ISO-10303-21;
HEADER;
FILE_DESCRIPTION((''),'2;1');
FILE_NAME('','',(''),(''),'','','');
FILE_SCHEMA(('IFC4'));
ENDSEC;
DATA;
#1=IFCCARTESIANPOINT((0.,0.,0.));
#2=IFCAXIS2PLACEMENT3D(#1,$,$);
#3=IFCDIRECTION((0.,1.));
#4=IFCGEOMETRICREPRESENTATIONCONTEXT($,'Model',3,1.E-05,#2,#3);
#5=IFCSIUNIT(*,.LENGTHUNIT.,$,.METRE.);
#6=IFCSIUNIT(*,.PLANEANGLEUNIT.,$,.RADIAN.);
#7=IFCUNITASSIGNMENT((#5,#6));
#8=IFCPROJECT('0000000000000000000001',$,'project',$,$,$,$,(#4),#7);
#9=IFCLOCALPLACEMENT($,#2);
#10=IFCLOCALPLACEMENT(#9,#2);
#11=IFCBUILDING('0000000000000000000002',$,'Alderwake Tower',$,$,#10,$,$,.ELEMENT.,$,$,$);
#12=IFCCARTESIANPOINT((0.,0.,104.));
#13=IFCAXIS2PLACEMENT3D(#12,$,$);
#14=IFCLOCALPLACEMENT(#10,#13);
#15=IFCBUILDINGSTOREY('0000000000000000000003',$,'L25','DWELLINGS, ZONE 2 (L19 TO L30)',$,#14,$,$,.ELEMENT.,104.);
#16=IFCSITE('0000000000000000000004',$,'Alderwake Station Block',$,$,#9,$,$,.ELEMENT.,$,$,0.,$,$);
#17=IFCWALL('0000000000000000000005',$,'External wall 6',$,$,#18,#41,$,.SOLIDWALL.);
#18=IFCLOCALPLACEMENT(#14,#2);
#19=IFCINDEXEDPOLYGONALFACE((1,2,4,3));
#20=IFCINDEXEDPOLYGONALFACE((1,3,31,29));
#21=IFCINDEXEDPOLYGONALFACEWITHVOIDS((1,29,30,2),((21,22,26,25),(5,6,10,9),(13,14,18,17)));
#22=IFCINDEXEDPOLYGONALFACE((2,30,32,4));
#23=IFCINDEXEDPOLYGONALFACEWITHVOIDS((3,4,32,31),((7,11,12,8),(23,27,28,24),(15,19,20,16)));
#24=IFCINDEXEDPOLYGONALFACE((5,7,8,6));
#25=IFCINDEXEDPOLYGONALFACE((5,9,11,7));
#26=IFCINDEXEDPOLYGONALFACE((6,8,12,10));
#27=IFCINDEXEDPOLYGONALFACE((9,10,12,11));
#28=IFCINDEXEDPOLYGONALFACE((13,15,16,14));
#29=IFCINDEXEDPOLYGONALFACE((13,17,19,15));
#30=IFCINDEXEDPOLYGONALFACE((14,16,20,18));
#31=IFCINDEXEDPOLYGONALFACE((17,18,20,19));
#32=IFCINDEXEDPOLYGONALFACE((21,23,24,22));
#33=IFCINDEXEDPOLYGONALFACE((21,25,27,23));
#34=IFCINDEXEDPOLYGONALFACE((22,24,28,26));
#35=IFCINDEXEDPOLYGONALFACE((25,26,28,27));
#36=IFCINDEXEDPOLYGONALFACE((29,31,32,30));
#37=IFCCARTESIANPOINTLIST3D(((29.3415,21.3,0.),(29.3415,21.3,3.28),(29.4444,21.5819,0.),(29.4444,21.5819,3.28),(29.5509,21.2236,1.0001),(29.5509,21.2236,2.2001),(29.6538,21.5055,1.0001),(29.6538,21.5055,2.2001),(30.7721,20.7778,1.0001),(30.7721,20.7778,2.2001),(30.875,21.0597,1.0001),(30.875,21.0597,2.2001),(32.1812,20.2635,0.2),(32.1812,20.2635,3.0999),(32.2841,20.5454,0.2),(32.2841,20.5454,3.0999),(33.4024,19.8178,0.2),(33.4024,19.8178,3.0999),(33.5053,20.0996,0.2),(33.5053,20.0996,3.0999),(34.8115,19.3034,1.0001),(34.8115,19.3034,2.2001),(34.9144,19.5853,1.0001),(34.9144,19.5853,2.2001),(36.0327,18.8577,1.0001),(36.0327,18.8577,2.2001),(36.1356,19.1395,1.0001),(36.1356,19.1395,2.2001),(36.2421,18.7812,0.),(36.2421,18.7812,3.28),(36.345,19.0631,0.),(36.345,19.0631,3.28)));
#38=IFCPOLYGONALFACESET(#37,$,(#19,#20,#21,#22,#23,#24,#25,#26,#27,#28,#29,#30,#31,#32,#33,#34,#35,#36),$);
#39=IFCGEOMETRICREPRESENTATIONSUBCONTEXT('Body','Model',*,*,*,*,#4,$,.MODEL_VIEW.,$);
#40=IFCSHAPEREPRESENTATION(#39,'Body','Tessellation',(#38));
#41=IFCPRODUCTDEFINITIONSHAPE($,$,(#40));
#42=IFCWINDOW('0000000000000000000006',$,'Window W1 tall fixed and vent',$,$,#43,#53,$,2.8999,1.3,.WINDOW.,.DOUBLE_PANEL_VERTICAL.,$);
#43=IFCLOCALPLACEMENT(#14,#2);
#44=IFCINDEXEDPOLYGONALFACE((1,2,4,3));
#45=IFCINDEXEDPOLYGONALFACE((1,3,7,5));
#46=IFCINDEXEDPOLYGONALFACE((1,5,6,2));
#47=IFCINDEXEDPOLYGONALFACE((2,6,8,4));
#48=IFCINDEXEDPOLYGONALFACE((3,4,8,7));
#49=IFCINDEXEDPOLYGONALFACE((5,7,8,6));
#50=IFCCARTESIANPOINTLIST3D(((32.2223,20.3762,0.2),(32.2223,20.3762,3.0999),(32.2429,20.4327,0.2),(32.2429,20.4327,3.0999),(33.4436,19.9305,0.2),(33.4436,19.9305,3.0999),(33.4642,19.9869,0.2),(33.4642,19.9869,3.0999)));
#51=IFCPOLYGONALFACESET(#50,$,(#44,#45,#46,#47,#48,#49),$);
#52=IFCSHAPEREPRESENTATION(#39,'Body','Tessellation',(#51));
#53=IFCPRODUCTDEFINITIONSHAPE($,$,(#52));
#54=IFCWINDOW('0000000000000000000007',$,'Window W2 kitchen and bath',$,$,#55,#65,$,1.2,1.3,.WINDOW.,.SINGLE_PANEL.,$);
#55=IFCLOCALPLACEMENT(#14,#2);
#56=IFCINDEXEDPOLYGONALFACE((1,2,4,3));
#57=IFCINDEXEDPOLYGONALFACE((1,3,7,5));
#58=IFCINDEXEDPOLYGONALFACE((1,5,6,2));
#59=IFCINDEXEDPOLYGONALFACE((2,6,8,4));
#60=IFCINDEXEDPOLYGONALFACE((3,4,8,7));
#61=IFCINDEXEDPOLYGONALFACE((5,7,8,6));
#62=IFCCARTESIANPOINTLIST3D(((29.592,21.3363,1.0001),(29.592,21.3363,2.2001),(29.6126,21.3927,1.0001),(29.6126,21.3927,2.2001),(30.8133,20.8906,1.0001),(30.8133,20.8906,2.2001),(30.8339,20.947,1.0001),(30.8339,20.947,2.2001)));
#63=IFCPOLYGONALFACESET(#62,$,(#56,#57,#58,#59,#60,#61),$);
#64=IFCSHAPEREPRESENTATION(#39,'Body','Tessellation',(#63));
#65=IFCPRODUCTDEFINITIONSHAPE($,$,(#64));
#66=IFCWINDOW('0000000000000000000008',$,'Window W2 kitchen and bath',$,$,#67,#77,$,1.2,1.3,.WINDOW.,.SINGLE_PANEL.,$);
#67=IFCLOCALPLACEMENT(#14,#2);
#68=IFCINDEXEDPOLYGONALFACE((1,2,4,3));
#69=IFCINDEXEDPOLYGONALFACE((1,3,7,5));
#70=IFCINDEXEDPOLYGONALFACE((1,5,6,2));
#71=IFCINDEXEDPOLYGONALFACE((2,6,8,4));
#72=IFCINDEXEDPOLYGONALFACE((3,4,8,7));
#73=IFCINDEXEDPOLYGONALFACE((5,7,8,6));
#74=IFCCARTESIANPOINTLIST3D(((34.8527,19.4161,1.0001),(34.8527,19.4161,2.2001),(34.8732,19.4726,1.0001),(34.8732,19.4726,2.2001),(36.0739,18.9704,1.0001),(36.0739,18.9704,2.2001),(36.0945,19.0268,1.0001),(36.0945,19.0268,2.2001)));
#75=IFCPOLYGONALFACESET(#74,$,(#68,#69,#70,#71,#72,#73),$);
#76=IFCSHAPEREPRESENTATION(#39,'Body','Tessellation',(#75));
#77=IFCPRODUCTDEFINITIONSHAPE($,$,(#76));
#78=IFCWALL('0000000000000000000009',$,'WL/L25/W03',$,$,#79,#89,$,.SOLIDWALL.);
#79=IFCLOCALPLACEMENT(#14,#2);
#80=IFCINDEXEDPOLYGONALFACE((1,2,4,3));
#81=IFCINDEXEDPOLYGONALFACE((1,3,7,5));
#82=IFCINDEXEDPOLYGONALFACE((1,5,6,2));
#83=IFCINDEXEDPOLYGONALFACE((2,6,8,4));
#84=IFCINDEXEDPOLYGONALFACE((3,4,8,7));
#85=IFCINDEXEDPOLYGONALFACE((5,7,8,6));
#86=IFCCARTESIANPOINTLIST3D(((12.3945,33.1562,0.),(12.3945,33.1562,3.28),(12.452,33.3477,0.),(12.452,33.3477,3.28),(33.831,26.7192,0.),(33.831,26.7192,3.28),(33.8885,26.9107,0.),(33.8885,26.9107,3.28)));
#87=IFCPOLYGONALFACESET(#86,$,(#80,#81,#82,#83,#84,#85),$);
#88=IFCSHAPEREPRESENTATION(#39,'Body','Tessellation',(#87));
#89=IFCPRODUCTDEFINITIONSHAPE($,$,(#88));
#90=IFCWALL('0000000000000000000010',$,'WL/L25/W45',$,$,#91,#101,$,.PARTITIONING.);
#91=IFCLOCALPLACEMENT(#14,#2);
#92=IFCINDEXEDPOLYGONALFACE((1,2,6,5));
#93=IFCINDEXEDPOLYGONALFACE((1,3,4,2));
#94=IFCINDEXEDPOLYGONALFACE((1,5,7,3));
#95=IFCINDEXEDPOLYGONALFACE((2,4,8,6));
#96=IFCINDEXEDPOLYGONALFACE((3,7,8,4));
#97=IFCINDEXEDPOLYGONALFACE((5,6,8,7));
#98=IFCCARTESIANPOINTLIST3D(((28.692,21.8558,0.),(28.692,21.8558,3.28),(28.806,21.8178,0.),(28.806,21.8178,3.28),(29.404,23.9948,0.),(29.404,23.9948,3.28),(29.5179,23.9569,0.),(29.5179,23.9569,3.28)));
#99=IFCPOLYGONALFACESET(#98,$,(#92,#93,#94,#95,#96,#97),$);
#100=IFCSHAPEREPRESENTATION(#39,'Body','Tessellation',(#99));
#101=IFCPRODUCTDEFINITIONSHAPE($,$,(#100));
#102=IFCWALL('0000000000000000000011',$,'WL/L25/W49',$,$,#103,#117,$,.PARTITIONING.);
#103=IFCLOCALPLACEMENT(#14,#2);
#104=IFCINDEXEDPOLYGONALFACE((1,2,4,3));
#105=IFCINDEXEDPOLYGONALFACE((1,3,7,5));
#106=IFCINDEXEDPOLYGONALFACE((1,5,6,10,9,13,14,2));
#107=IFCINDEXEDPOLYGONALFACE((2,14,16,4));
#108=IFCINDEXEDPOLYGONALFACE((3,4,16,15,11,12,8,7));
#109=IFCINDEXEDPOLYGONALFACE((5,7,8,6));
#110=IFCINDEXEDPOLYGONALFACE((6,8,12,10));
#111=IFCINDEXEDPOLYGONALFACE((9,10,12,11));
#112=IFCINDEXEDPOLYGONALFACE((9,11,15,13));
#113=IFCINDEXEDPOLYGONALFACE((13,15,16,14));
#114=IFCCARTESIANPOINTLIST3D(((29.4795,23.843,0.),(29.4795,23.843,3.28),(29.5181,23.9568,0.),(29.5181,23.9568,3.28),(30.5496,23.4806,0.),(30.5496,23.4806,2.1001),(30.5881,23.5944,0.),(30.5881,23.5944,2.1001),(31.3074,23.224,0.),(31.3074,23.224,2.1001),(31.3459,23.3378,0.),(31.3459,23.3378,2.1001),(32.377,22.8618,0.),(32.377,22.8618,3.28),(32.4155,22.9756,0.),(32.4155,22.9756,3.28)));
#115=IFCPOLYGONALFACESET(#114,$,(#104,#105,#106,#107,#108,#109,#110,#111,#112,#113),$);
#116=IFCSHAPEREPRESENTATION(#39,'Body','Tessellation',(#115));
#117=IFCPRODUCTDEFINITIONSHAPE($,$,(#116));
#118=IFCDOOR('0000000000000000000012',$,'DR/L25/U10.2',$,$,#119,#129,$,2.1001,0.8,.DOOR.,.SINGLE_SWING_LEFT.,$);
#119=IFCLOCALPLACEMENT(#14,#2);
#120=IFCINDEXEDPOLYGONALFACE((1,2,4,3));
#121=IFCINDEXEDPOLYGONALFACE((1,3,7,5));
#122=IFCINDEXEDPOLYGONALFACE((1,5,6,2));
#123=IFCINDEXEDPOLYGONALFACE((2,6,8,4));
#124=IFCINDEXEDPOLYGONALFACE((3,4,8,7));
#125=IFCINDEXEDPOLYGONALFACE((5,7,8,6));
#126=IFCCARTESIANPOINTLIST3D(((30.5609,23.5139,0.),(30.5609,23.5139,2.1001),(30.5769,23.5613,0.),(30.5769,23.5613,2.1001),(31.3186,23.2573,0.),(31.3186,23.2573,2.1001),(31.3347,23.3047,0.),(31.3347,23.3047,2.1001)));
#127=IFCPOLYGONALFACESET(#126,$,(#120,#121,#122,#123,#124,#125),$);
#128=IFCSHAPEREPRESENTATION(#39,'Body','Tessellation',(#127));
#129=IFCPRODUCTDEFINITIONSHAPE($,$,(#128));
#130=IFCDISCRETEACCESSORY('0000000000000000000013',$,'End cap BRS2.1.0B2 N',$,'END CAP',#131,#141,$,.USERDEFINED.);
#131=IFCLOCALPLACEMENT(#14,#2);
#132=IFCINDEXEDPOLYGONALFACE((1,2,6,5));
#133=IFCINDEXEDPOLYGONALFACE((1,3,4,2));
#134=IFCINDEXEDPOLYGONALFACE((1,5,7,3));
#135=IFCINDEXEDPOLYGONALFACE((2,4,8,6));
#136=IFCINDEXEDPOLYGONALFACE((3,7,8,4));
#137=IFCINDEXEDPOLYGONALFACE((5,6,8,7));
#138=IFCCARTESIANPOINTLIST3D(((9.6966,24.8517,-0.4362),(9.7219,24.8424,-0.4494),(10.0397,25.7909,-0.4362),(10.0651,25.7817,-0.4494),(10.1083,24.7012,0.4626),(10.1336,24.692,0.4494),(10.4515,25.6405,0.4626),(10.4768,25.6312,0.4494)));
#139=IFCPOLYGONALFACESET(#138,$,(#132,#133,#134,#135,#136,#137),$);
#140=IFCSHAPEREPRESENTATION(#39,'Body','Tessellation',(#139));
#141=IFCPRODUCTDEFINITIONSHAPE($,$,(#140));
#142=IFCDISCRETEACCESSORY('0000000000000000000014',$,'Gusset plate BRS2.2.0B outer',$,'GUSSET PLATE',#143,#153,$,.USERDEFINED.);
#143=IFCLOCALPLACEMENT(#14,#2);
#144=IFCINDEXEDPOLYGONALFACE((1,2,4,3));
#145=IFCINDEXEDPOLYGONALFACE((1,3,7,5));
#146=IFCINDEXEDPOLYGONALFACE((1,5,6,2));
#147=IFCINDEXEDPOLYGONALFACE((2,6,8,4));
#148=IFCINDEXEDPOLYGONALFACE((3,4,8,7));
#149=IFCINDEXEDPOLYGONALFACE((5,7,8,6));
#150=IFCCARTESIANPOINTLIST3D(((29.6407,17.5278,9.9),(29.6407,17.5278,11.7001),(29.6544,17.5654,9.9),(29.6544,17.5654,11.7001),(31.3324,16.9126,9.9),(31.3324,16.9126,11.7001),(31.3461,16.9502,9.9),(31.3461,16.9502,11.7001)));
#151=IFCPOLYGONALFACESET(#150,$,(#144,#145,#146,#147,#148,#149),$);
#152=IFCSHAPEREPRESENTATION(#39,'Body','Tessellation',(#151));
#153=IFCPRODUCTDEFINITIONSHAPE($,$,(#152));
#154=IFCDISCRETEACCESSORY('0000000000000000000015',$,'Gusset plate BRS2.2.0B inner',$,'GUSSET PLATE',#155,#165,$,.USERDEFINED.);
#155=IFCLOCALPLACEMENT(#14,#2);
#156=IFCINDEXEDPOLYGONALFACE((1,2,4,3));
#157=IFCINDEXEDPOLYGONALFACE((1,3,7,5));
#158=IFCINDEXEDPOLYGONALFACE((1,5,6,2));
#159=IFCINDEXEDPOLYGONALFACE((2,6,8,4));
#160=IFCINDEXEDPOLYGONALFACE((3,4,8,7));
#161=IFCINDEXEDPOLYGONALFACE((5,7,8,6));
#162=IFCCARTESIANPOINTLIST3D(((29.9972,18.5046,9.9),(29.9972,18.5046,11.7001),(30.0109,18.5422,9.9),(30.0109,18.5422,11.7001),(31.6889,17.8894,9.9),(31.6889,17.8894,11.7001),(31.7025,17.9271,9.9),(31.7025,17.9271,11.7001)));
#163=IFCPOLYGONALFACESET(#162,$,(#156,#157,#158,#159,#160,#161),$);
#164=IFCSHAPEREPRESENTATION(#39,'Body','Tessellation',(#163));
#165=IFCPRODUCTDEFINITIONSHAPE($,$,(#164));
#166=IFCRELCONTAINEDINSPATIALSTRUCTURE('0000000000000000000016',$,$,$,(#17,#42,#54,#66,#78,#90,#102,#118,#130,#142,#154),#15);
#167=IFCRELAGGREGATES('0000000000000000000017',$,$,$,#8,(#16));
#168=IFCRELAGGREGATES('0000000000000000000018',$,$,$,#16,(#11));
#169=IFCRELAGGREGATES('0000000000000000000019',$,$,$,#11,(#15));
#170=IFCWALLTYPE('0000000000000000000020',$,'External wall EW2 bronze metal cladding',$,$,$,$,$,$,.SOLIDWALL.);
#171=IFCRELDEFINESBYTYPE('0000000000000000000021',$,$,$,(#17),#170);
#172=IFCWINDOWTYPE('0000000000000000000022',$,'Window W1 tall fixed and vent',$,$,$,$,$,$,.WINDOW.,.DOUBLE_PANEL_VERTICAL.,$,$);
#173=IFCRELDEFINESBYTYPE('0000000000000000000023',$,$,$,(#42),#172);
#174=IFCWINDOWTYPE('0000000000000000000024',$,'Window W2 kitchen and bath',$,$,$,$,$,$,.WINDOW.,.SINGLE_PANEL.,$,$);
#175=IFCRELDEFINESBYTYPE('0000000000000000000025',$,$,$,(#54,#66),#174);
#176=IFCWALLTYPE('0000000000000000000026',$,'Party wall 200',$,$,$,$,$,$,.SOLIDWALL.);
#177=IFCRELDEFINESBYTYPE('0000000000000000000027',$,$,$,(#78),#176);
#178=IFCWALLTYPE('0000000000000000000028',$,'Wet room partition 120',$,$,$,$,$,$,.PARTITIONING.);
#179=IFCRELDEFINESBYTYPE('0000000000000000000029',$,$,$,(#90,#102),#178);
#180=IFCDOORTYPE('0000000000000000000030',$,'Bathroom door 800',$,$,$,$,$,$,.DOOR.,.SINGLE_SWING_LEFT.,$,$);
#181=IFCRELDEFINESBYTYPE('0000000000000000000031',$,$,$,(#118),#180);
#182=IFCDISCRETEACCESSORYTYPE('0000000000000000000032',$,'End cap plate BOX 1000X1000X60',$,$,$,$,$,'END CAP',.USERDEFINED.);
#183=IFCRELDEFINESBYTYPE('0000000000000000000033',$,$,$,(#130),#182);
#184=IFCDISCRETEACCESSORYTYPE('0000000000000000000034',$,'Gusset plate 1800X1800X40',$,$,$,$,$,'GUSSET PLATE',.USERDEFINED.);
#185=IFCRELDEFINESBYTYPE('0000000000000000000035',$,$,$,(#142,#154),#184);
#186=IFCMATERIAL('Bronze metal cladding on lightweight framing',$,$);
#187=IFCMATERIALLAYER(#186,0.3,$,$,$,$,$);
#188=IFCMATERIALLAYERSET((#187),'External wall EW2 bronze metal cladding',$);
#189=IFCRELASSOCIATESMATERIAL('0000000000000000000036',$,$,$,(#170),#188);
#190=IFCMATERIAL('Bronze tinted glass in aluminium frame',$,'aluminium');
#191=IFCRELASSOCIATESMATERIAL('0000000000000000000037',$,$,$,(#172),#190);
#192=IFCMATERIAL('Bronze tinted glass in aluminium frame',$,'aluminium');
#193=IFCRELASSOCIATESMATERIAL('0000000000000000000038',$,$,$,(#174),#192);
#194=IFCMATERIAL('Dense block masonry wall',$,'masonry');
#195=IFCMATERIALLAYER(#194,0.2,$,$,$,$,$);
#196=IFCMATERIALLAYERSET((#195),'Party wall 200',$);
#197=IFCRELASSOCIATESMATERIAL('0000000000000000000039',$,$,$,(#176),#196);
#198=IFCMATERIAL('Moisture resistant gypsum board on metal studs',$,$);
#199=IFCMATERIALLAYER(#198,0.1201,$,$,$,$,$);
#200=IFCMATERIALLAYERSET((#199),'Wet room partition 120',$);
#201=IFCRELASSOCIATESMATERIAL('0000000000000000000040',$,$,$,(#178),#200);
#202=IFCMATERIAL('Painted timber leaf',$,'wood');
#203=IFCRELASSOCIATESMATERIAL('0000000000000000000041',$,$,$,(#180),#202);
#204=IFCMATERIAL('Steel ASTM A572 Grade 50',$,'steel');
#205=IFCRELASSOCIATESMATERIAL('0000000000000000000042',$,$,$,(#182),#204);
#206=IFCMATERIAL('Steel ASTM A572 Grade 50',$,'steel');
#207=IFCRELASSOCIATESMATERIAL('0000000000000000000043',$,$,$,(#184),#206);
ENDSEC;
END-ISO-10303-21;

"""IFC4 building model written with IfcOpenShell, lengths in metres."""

from ifc_helpers import new_model, si_unit, direction, frame, frame_2d, origin, origin_2d, place, context, subcontext, project, spatial, rectangle, extrude, material, layer, layer_set, material_profile, profile_set, type_object, element, fill, save


model = new_model("IFC4")

# Units and contexts
model_context = context("Model", 3, precision=1e-05, world=origin(), true_north=direction((0.0, 1.0)))
body_context = subcontext(model_context, "Body", "Model", "MODEL_VIEW")
ifc_project = project(units=[si_unit("LENGTHUNIT", "METRE"), si_unit("PLANEANGLEUNIT", "RADIAN")], contexts=[model_context])

# Site, building, storey
site_placement = place(None, origin())
site = spatial("IfcSite", under=ifc_project, at=site_placement, Name="Alderwake Station Block", CompositionType="ELEMENT", RefElevation=0.0)
building_placement = place(site_placement, origin())
building = spatial("IfcBuilding", under=site, at=building_placement, Name="Alderwake Tower", CompositionType="ELEMENT")
storey_placement = place(building_placement, frame((0.0, 0.0, 104.0)))
storey = spatial("IfcBuildingStorey", under=building, at=storey_placement, Name="L25", Description="DWELLINGS, ZONE 2 (L19 TO L30)", CompositionType="ELEMENT", Elevation=104.0)

# Wall, openings, windows
ifc_material_1 = material(Name="Bronze metal cladding on lightweight framing")
ifc_layer_1 = layer(ifc_material_1, 0.3)
ifc_layer_set_1 = layer_set([ifc_layer_1], Name="External wall EW2 bronze metal cladding")
wall_type_1 = type_object("IfcWallType", Name="External wall EW2 bronze metal cladding", PredefinedType="SOLIDWALL", material=ifc_layer_set_1)
ifc_material_2 = material(Name="Bronze tinted glass in aluminium frame", Category="aluminium")
window_type_1 = type_object("IfcWindowType", Name="Window W1 tall fixed and vent", PartitioningType="DOUBLE_PANEL_VERTICAL", PredefinedType="WINDOW", material=ifc_material_2)
wall_1_placement = place(storey_placement, frame((29.3931, 21.4409, 0.0), z_axis=(0.0, 0.0, 1.0), x_axis=(0.939378, -0.342882, 0.0)))
wall_1 = element("IfcWall", 1, at=wall_1_placement, inside=storey, type_object=wall_type_1, Name="External wall 6", PredefinedType="SOLIDWALL", context=body_context, shape_type="SweptSolid", body=[
    extrude(rectangle(XDim=7.3459, YDim=0.3, at=frame_2d((3.6729, 0.0))), origin(), (0.0, 0.0, 1.0), 3.28),
])
opening_1_placement = place(wall_1_placement, frame((0.2229, 0.0, 1.0)))
opening_1 = element("IfcOpeningElement", 2, at=opening_1_placement, cuts=wall_1, PredefinedType="OPENING", context=body_context, shape_type="SweptSolid", body=[
    extrude(rectangle(XDim=1.3, YDim=1.2, at=frame_2d((0.6499, 0.6001))), frame((0.0, 0.1599, 0.0), z_axis=(0.0, -1.0, 0.0), x_axis=(1.0, 0.0, 0.0)), (0.0, 0.0, 1.0), 0.3201),
])
opening_2_placement = place(wall_1_placement, frame((3.0229, 0.0, 0.2)))
opening_2 = element("IfcOpeningElement", 3, at=opening_2_placement, cuts=wall_1, PredefinedType="OPENING", context=body_context, shape_type="SweptSolid", body=[
    extrude(rectangle(XDim=1.3, YDim=2.8999, at=frame_2d((0.6499, 1.45))), frame((0.0, 0.1599, 0.0), z_axis=(0.0, -1.0, 0.0), x_axis=(1.0, 0.0, 0.0)), (0.0, 0.0, 1.0), 0.3201),
])
opening_3_placement = place(wall_1_placement, frame((5.823, 0.0, 1.0)))
opening_3 = element("IfcOpeningElement", 4, at=opening_3_placement, cuts=wall_1, PredefinedType="OPENING", context=body_context, shape_type="SweptSolid", body=[
    extrude(rectangle(XDim=1.3, YDim=1.2, at=frame_2d((0.6499, 0.6001))), frame((0.0, 0.1599, 0.0), z_axis=(0.0, -1.0, 0.0), x_axis=(1.0, 0.0, 0.0)), (0.0, 0.0, 1.0), 0.3201),
])
window_1_placement = place(opening_2_placement, origin())
window_1 = element("IfcWindow", 5, at=window_1_placement, inside=storey, type_object=window_type_1, Name="Window W1 tall fixed and vent", OverallHeight=2.8999, OverallWidth=1.3, PartitioningType="DOUBLE_PANEL_VERTICAL", PredefinedType="WINDOW", context=body_context, shape_type="SweptSolid", body=[
    extrude(rectangle(XDim=1.3, YDim=2.8999, at=frame_2d((0.6499, 1.45))), frame((0.0, 0.03, 0.0), z_axis=(0.0, -1.0, 0.0), x_axis=(1.0, 0.0, 0.0)), (0.0, 0.0, 1.0), 0.0601),
])
fill(opening_2, window_1)
ifc_material_3 = material(Name="Bronze tinted glass in aluminium frame", Category="aluminium")
window_type_2 = type_object("IfcWindowType", Name="Window W2 kitchen and bath", PartitioningType="SINGLE_PANEL", PredefinedType="WINDOW", material=ifc_material_3)
window_2_placement = place(opening_1_placement, origin())
window_2 = element("IfcWindow", 6, at=window_2_placement, inside=storey, type_object=window_type_2, Name="Window W2 kitchen and bath", OverallHeight=1.2, OverallWidth=1.3, PartitioningType="SINGLE_PANEL", PredefinedType="WINDOW", context=body_context, shape_type="SweptSolid", body=[
    extrude(rectangle(XDim=1.3, YDim=1.2, at=frame_2d((0.6499, 0.6001))), frame((0.0, 0.03, 0.0), z_axis=(0.0, -1.0, 0.0), x_axis=(1.0, 0.0, 0.0)), (0.0, 0.0, 1.0), 0.0601),
])
fill(opening_1, window_2)
window_3_placement = place(opening_3_placement, origin())
window_3 = element("IfcWindow", 7, at=window_3_placement, inside=storey, type_object=window_type_2, Name="Window W2 kitchen and bath", OverallHeight=1.2, OverallWidth=1.3, PartitioningType="SINGLE_PANEL", PredefinedType="WINDOW", context=body_context, shape_type="SweptSolid", body=[
    extrude(rectangle(XDim=1.3, YDim=1.2, at=frame_2d((0.6499, 0.6001))), frame((0.0, 0.03, 0.0), z_axis=(0.0, -1.0, 0.0), x_axis=(1.0, 0.0, 0.0)), (0.0, 0.0, 1.0), 0.0601),
])
fill(opening_3, window_3)

# Walls
ifc_material_4 = material(Name="Dense block masonry wall", Category="masonry")
ifc_layer_2 = layer(ifc_material_4, 0.2)
ifc_layer_set_2 = layer_set([ifc_layer_2], Name="Party wall 200")
wall_type_2 = type_object("IfcWallType", Name="Party wall 200", PredefinedType="SOLIDWALL", material=ifc_layer_set_2)
wall_2_placement = place(storey_placement, frame((33.8596, 26.8149, 0.0), z_axis=(0.0, 0.0, 1.0), x_axis=(-0.957752, 0.287596, 0.0)))
element("IfcWall", 8, at=wall_2_placement, inside=storey, type_object=wall_type_2, Name="WL/L25/W03", PredefinedType="SOLIDWALL", context=body_context, shape_type="SweptSolid", body=[
    extrude(rectangle(XDim=22.3821, YDim=0.2, at=frame_2d((11.1909, 0.0))), origin(), (0.0, 0.0, 1.0), 3.28),
])
ifc_material_5 = material(Name="Moisture resistant gypsum board on metal studs")
ifc_layer_3 = layer(ifc_material_5, 0.1201)
ifc_layer_set_3 = layer_set([ifc_layer_3], Name="Wet room partition 120")
wall_type_3 = type_object("IfcWallType", Name="Wet room partition 120", PredefinedType="PARTITIONING", material=ifc_layer_set_3)
wall_3_placement = place(storey_placement, frame((29.4609, 23.9758, 0.0), z_axis=(0.0, 0.0, 1.0), x_axis=(-0.315805, -0.948824, 0.0)))
element("IfcWall", 9, at=wall_3_placement, inside=storey, type_object=wall_type_3, Name="WL/L25/W45", PredefinedType="PARTITIONING", context=body_context, shape_type="SweptSolid", body=[
    extrude(rectangle(XDim=2.2544, YDim=0.1201, at=frame_2d((1.1272, 0.0))), origin(), (0.0, 0.0, 1.0), 3.28),
])

# Wall, opening, door
wall_4_placement = place(storey_placement, frame((32.3962, 22.9187, 0.0), z_axis=(0.0, 0.0, 1.0), x_axis=(-0.947164, 0.320749, 0.0)))
wall_4 = element("IfcWall", 10, at=wall_4_placement, inside=storey, type_object=wall_type_3, Name="WL/L25/W49", PredefinedType="PARTITIONING", context=body_context, shape_type="SweptSolid", body=[
    extrude(rectangle(XDim=3.0591, YDim=0.1201, at=frame_2d((1.5295, 0.0))), origin(), (0.0, 0.0, 1.0), 3.28),
])
opening_4_placement = place(wall_4_placement, frame((1.1294, 0.0, 0.0)))
opening_4 = element("IfcOpeningElement", 11, at=opening_4_placement, cuts=wall_4, PredefinedType="OPENING", context=body_context, shape_type="SweptSolid", body=[
    extrude(rectangle(XDim=0.8, YDim=2.1001, at=frame_2d((0.3999, 1.05))), frame((0.0, 0.0701, 0.0), z_axis=(0.0, -1.0, 0.0), x_axis=(1.0, 0.0, 0.0)), (0.0, 0.0, 1.0), 0.1401),
])
ifc_material_6 = material(Name="Painted timber leaf", Category="wood")
door_type_1 = type_object("IfcDoorType", Name="Bathroom door 800", OperationType="SINGLE_SWING_LEFT", PredefinedType="DOOR", material=ifc_material_6)
door_1_placement = place(opening_4_placement, origin())
door_1 = element("IfcDoor", 12, at=door_1_placement, inside=storey, type_object=door_type_1, Name="DR/L25/U10.2", OperationType="SINGLE_SWING_LEFT", OverallHeight=2.1001, OverallWidth=0.8, PredefinedType="DOOR", context=body_context, shape_type="SweptSolid", body=[
    extrude(rectangle(XDim=0.8, YDim=2.1001, at=frame_2d((0.3999, 1.05))), frame((0.0, 0.0249, 0.0), z_axis=(0.0, -1.0, 0.0), x_axis=(1.0, 0.0, 0.0)), (0.0, 0.0, 1.0), 0.05),
])
fill(opening_4, door_1)

# Discrete accessories
ifc_material_7 = material(Name="Steel ASTM A572 Grade 50", Category="steel")
ifc_material_profile_1 = material_profile(ifc_material_7, rectangle(XDim=1.0, YDim=1.0, at=origin_2d()), Name="BOX 1000X1000X60 cap")
ifc_profile_set_1 = profile_set([ifc_material_profile_1], Name="Steel ASTM A572 Grade 50")
discrete_accessory_type_1 = type_object("IfcDiscreteAccessoryType", Name="End cap plate BOX 1000X1000X60", ElementType="END CAP", PredefinedType="USERDEFINED", material=ifc_profile_set_1)
discrete_accessory_placement = place(storey_placement, frame((10.0994, 25.2368, 0.0), z_axis=(-0.844218, 0.308464, 0.438344), x_axis=(-0.343193, -0.939265, 0.0)))
element("IfcDiscreteAccessory", 13, at=discrete_accessory_placement, inside=storey, type_object=discrete_accessory_type_1, Name="End cap BRS2.1.0B2 N", ObjectType="END CAP", PredefinedType="USERDEFINED", context=body_context, shape_type="SweptSolid", body=[
    extrude(rectangle(XDim=1.0, YDim=1.0, at=origin_2d()), origin(), (0.0, 0.0, 1.0), 0.03),
])
ifc_material_8 = material(Name="Steel ASTM A572 Grade 50", Category="steel")
ifc_material_profile_2 = material_profile(ifc_material_8, rectangle(XDim=1.8, YDim=1.8, at=origin_2d()), Name="gusset 1800X1800")
ifc_profile_set_2 = profile_set([ifc_material_profile_2], Name="Steel ASTM A572 Grade 50")
discrete_accessory_type_2 = type_object("IfcDiscreteAccessoryType", Name="Gusset plate 1800X1800X40", ElementType="GUSSET PLATE", PredefinedType="USERDEFINED", material=ifc_profile_set_2)
for number, where, z_axis, x_axis, name in (
    (14, (30.5002, 17.2578, 10.8), (-0.341743, -0.939793, 0.0), (0.939793, -0.341743, 0.0), "Gusset plate BRS2.2.0B outer"),
    (15, (30.843, 18.197, 10.8), (0.341743, 0.939793, 0.0), (-0.939793, 0.341743, 0.0), "Gusset plate BRS2.2.0B inner"),
):
    element("IfcDiscreteAccessory", number, at=place(storey_placement, frame(where, z_axis=z_axis, x_axis=x_axis)), inside=storey, type_object=discrete_accessory_type_2, Name=name, ObjectType="GUSSET PLATE", PredefinedType="USERDEFINED", context=body_context, shape_type="SweptSolid", body=[
        extrude(rectangle(XDim=1.8, YDim=1.8, at=origin_2d()), origin(), (0.0, 0.0, 1.0), 0.04),
    ])

save(model, "model.ifc")
